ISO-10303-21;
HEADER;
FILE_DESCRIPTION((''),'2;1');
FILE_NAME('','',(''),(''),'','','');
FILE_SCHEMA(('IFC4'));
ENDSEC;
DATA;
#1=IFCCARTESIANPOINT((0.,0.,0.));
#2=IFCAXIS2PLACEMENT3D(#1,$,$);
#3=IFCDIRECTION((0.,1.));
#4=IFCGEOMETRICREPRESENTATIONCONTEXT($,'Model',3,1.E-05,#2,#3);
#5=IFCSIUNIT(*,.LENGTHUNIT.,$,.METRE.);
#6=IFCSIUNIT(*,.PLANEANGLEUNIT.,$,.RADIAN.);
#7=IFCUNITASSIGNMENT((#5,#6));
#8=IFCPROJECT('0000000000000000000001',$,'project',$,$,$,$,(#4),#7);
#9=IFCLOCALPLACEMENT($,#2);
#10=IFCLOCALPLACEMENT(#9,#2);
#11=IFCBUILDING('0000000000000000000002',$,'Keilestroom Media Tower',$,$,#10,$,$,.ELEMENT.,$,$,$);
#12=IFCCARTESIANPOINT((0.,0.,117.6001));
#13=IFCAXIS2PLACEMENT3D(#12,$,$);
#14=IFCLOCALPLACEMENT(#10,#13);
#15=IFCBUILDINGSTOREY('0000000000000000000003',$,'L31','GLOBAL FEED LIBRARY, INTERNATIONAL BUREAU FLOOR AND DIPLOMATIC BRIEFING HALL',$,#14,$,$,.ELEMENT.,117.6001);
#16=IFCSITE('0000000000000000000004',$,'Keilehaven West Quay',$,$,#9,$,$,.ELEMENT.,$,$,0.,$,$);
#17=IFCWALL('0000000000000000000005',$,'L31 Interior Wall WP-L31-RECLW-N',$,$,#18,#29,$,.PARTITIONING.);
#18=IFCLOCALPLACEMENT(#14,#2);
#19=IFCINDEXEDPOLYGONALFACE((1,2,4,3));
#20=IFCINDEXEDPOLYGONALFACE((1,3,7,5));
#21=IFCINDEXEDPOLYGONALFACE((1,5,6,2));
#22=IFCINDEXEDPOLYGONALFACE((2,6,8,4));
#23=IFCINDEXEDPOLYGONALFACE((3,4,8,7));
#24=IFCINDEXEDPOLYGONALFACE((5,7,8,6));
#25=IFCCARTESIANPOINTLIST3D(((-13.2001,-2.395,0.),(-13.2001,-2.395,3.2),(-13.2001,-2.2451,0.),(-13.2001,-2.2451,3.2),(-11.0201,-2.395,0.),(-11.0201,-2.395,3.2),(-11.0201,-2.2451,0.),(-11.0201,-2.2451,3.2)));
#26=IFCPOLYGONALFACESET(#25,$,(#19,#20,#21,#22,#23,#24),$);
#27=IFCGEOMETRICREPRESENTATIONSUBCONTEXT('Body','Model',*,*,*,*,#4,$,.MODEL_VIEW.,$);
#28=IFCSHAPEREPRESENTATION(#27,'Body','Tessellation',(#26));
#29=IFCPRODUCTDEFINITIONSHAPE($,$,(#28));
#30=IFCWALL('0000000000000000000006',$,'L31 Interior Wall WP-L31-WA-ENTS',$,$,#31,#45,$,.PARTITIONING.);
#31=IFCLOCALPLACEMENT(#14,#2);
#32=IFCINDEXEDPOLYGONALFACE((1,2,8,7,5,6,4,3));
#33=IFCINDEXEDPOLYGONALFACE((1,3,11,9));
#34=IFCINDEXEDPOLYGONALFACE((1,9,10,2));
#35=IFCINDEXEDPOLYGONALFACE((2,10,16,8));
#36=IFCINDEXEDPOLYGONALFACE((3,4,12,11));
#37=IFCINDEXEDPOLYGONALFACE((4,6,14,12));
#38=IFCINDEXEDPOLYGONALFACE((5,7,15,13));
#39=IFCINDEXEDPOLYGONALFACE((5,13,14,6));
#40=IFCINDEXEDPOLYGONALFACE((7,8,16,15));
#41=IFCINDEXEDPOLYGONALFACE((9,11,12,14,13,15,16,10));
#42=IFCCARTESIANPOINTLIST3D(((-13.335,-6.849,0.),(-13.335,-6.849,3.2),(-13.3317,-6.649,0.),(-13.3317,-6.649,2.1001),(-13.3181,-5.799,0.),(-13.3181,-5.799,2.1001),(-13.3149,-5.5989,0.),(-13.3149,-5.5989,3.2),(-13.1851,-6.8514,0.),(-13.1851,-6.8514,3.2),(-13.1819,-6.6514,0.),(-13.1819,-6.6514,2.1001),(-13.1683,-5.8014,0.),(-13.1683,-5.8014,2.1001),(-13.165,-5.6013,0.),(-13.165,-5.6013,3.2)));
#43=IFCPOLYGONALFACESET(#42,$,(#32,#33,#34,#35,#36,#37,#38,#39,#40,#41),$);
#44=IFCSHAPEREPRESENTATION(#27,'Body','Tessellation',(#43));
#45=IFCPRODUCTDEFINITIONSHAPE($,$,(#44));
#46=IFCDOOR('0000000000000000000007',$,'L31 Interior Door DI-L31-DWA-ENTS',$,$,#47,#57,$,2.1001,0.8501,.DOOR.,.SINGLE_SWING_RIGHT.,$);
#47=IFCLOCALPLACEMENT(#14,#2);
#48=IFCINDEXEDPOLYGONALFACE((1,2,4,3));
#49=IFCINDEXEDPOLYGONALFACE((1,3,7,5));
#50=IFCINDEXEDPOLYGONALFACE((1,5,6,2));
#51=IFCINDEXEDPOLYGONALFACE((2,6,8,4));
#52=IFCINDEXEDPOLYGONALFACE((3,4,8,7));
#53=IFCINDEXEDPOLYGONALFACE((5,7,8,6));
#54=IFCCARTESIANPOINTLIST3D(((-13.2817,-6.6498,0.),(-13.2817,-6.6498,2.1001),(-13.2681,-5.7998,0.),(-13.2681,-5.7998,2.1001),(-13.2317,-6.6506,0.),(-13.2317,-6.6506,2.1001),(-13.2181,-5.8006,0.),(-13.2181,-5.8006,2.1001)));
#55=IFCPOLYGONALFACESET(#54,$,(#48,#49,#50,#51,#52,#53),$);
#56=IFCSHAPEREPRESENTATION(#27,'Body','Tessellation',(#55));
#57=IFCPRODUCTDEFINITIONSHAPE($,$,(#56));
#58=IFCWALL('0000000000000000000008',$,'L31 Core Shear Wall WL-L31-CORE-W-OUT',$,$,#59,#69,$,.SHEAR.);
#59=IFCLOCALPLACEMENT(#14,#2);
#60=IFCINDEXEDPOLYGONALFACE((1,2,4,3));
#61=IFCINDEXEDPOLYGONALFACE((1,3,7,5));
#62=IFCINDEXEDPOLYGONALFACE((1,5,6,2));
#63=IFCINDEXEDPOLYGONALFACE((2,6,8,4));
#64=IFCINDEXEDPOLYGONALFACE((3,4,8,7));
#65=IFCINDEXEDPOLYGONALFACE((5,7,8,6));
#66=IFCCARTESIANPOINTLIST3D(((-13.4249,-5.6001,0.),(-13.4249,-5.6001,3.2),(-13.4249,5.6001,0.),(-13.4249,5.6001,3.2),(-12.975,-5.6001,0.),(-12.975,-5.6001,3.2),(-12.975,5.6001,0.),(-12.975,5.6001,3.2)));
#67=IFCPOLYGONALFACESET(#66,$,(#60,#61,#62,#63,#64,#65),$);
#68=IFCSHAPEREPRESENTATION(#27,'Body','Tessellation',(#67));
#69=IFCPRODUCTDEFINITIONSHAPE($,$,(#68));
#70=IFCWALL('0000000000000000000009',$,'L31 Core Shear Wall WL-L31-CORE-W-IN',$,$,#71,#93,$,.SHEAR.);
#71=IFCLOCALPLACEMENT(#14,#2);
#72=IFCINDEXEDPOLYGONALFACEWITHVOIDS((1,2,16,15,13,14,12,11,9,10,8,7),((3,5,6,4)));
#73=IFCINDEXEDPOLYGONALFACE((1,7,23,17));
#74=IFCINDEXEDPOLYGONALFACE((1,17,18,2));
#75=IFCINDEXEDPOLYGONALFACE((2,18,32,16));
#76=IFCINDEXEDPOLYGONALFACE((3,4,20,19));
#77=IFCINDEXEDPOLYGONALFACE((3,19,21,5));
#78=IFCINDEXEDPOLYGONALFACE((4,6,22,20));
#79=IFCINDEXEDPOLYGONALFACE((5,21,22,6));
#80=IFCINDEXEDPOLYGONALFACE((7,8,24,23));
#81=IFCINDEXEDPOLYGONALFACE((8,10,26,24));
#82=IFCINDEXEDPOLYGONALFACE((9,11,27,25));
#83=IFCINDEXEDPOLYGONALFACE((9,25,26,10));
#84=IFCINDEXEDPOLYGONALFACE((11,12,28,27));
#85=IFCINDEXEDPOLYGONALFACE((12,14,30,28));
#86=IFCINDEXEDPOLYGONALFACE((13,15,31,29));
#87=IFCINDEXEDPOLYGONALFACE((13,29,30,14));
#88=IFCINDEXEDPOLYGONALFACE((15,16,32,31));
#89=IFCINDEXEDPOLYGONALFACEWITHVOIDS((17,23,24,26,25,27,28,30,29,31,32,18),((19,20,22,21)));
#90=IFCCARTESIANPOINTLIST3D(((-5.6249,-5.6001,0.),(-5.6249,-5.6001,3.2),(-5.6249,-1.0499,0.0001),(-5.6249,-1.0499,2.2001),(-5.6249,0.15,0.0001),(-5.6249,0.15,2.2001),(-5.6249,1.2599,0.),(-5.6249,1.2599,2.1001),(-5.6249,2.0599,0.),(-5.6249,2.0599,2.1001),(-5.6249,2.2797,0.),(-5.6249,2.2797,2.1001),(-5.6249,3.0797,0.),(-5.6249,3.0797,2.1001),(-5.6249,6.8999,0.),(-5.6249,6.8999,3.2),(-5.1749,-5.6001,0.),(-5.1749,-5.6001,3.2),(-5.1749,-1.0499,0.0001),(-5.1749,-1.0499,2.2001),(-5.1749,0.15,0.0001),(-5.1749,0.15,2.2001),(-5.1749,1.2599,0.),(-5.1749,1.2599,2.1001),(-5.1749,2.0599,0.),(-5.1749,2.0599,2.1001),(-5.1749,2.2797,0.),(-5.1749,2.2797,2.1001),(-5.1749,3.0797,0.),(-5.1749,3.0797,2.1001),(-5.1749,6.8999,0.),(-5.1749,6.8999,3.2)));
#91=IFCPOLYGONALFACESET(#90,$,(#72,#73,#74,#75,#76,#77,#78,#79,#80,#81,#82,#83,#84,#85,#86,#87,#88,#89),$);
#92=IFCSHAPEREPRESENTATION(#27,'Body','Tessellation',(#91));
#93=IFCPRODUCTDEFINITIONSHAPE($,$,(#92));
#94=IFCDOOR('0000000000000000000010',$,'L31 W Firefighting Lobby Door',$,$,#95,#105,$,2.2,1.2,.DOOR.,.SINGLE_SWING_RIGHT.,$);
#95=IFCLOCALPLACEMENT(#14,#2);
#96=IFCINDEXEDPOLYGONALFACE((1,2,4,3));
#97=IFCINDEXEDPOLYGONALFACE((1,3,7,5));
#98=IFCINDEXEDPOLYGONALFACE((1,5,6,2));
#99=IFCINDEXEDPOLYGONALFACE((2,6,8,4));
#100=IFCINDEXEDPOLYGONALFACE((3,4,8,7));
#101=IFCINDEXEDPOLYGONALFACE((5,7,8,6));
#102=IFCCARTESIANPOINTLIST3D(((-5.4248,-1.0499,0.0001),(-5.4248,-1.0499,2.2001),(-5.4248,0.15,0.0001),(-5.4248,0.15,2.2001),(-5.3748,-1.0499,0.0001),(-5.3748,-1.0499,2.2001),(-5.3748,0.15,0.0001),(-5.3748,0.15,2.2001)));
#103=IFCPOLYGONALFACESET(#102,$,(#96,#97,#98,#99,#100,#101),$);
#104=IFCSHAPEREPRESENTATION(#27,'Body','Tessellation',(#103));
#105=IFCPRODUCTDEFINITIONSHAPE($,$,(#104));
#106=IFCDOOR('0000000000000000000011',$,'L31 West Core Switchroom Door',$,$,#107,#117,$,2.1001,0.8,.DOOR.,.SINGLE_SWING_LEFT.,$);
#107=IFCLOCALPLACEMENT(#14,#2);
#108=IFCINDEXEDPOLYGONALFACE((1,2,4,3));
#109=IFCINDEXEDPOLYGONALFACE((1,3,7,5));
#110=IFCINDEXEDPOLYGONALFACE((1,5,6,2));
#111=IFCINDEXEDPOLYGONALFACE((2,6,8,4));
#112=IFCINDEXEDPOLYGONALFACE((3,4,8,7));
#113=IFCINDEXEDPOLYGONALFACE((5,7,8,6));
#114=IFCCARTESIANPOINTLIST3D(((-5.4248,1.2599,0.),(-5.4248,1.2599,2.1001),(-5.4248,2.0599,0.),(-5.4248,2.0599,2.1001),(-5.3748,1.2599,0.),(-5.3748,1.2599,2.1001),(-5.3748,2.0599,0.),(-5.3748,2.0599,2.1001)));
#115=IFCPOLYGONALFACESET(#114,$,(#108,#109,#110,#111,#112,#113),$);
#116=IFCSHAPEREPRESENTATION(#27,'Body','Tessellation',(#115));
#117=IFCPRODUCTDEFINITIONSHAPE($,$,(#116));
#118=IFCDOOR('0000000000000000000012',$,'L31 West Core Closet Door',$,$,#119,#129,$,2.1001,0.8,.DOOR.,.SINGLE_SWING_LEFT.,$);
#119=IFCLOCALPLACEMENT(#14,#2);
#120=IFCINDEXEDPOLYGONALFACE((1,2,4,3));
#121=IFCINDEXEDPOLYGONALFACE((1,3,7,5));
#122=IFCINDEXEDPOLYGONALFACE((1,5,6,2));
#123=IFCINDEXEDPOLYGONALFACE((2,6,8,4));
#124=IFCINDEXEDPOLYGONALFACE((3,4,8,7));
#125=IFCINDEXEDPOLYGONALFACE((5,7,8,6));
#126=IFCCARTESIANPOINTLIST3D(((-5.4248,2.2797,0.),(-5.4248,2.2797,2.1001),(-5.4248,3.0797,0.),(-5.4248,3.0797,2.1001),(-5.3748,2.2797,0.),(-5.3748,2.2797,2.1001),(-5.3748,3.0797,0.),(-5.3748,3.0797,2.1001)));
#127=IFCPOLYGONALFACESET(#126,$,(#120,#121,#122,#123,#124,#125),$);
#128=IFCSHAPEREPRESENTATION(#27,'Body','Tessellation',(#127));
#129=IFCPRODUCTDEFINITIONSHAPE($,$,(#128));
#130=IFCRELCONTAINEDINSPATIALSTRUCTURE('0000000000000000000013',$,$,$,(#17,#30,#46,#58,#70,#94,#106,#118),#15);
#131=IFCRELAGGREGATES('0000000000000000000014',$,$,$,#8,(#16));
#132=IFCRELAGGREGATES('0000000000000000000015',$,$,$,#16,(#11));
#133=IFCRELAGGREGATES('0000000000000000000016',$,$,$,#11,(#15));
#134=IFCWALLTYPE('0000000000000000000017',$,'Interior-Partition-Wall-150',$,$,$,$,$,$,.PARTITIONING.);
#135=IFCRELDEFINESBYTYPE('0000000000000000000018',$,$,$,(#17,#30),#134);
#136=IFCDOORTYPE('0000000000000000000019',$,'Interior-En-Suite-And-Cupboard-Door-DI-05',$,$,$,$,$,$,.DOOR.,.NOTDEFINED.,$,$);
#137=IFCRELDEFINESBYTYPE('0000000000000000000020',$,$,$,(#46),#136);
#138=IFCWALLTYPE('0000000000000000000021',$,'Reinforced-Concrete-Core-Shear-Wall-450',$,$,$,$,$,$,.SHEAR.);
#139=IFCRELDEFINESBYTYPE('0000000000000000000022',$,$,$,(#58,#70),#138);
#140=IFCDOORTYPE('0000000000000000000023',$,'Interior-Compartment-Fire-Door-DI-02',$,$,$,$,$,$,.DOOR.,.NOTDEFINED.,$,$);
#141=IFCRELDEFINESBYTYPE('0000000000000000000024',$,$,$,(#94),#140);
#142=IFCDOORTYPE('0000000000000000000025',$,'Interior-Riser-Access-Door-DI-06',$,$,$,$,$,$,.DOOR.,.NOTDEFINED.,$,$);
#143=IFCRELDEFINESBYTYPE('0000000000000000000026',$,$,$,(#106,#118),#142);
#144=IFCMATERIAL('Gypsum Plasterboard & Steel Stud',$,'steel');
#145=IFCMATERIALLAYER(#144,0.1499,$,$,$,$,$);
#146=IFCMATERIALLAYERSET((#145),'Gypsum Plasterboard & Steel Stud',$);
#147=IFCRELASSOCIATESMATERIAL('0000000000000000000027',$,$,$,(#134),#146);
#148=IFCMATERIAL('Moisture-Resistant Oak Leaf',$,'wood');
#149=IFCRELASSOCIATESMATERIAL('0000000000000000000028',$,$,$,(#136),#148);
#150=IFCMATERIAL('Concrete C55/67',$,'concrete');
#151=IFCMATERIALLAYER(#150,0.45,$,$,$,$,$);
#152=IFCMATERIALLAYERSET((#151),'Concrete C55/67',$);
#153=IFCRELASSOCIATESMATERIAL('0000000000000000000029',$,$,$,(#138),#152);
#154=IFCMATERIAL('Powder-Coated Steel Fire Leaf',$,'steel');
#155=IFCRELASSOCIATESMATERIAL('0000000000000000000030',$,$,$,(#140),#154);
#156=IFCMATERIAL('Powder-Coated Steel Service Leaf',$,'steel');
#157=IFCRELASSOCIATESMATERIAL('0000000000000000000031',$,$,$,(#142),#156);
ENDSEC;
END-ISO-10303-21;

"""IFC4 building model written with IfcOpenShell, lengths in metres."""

from ifc_helpers import new_model, si_unit, direction, frame, frame_2d, origin, place, context, subcontext, project, spatial, rectangle, extrude, source, transform, mapped, material, layer, layer_set, type_object, element, fill, save


model = new_model("IFC4")

# Units and contexts
model_context = context("Model", 3, precision=1e-05, world=origin(), true_north=direction((0.0, 1.0)))
body_context = subcontext(model_context, "Body", "Model", "MODEL_VIEW")
ifc_project = project(units=[si_unit("LENGTHUNIT", "METRE"), si_unit("PLANEANGLEUNIT", "RADIAN")], contexts=[model_context])

# Site, building, storey
site_placement = place(None, origin())
site = spatial("IfcSite", under=ifc_project, at=site_placement, Name="Keilehaven West Quay", CompositionType="ELEMENT", RefElevation=0.0)
building_placement = place(site_placement, origin())
building = spatial("IfcBuilding", under=site, at=building_placement, Name="Keilestroom Media Tower", CompositionType="ELEMENT")
storey_placement = place(building_placement, frame((0.0, 0.0, 117.6001)))
storey = spatial("IfcBuildingStorey", under=building, at=storey_placement, Name="L31", Description="GLOBAL FEED LIBRARY, INTERNATIONAL BUREAU FLOOR AND DIPLOMATIC BRIEFING HALL", CompositionType="ELEMENT", Elevation=117.6001)

# Wall
ifc_material_1 = material(Name="Gypsum Plasterboard & Steel Stud", Category="steel")
ifc_layer_1 = layer(ifc_material_1, 0.1499)
ifc_layer_set_1 = layer_set([ifc_layer_1], Name="Gypsum Plasterboard & Steel Stud")
wall_type_1 = type_object("IfcWallType", Name="Interior-Partition-Wall-150", PredefinedType="PARTITIONING", material=ifc_layer_set_1)
wall_1_placement = place(storey_placement, frame((-13.2, -2.3201, 0.0), z_axis=(0.0, 0.0, 1.0), x_axis=(1.0, 0.0, 0.0)))
element("IfcWall", 1, at=wall_1_placement, inside=storey, type_object=wall_type_1, Name="L31 Interior Wall WP-L31-RECLW-N", PredefinedType="PARTITIONING", context=body_context, shape_type="SweptSolid", body=[
    extrude(rectangle(XDim=2.1799, YDim=0.1499, at=frame_2d((1.0898, 0.0))), origin(), (0.0, 0.0, 1.0), 3.2),
])

# Wall, opening, door
wall_2_placement = place(storey_placement, frame((-13.26, -6.8501, 0.0), z_axis=(0.0, 0.0, 1.0), x_axis=(0.016014, 0.999872, 0.0)))
wall_2 = element("IfcWall", 2, at=wall_2_placement, inside=storey, type_object=wall_type_1, Name="L31 Interior Wall WP-L31-WA-ENTS", PredefinedType="PARTITIONING", context=body_context, shape_type="SweptSolid", body=[
    extrude(rectangle(XDim=1.2502, YDim=0.1499, at=frame_2d((0.625, 0.0))), origin(), (0.0, 0.0, 1.0), 3.2),
])
opening_1_placement = place(wall_2_placement, frame((0.2, 0.0, 0.0)))
opening_1 = element("IfcOpeningElement", 3, at=opening_1_placement, cuts=wall_2, PredefinedType="OPENING", context=body_context, shape_type="SweptSolid", body=[
    extrude(rectangle(XDim=0.8501, YDim=2.1001, at=frame_2d((0.425, 1.05))), frame((0.0, 0.085, 0.0), z_axis=(0.0, -1.0, 0.0), x_axis=(1.0, 0.0, 0.0)), (0.0, 0.0, 1.0), 0.1699),
])
ifc_material_2 = material(Name="Moisture-Resistant Oak Leaf", Category="wood")
door_type_1 = type_object("IfcDoorType", Name="Interior-En-Suite-And-Cupboard-Door-DI-05", OperationType="NOTDEFINED", PredefinedType="DOOR", material=ifc_material_2)
shared_shape_1 = source(origin(), body_context, "Body", "SweptSolid", [
    extrude(rectangle(XDim=0.8501, YDim=2.1001, at=frame_2d((0.425, 1.05))), frame((0.0, 0.0249, 0.0), z_axis=(0.0, -1.0, 0.0), x_axis=(1.0, 0.0, 0.0)), (0.0, 0.0, 1.0), 0.05),
])
door_1_placement = place(opening_1_placement, origin())
door_1 = element("IfcDoor", 4, at=door_1_placement, inside=storey, type_object=door_type_1, Name="L31 Interior Door DI-L31-DWA-ENTS", OperationType="SINGLE_SWING_RIGHT", OverallHeight=2.1001, OverallWidth=0.8501, PredefinedType="DOOR", context=body_context, shape_type="MappedRepresentation", body=[
    mapped(shared_shape_1, transform((0.0, 0.0, 0.0), x_axis=(1.0, 0.0, 0.0), y_axis=(0.0, 1.0, 0.0), z_axis=(0.0, 0.0, 1.0), scale=1.0)),
])
fill(opening_1, door_1)

# Wall
ifc_material_3 = material(Name="Concrete C55/67", Category="concrete")
ifc_layer_2 = layer(ifc_material_3, 0.45)
ifc_layer_set_2 = layer_set([ifc_layer_2], Name="Concrete C55/67")
wall_type_2 = type_object("IfcWallType", Name="Reinforced-Concrete-Core-Shear-Wall-450", PredefinedType="SHEAR", material=ifc_layer_set_2)
wall_3_placement = place(storey_placement, frame((-13.2, -5.6001, 0.0), z_axis=(0.0, 0.0, 1.0), x_axis=(0.0, 1.0, 0.0)))
element("IfcWall", 5, at=wall_3_placement, inside=storey, type_object=wall_type_2, Name="L31 Core Shear Wall WL-L31-CORE-W-OUT", PredefinedType="SHEAR", context=body_context, shape_type="SweptSolid", body=[
    extrude(rectangle(XDim=11.2002, YDim=0.45, at=frame_2d((5.6001, 0.0))), origin(), (0.0, 0.0, 1.0), 3.2),
])

# Wall, openings, doors
wall_4_placement = place(storey_placement, frame((-5.3999, -5.6001, 0.0), z_axis=(0.0, 0.0, 1.0), x_axis=(0.0, 1.0, 0.0)))
wall_4 = element("IfcWall", 6, at=wall_4_placement, inside=storey, type_object=wall_type_2, Name="L31 Core Shear Wall WL-L31-CORE-W-IN", PredefinedType="SHEAR", context=body_context, shape_type="SweptSolid", body=[
    extrude(rectangle(XDim=12.5, YDim=0.45, at=frame_2d((6.25, 0.0))), origin(), (0.0, 0.0, 1.0), 3.2),
])
opening_2_placement = place(wall_4_placement, frame((4.55, 0.0, 0.0)))
opening_2 = element("IfcOpeningElement", 7, at=opening_2_placement, cuts=wall_4, PredefinedType="OPENING", context=body_context, shape_type="SweptSolid", body=[
    extrude(rectangle(XDim=1.2, YDim=2.2, at=frame_2d((0.6001, 1.1001))), frame((0.0, 0.2349, 0.0), z_axis=(0.0, -1.0, 0.0), x_axis=(1.0, 0.0, 0.0)), (0.0, 0.0, 1.0), 0.47),
])
opening_3_placement = place(wall_4_placement, frame((6.8601, 0.0, 0.0)))
opening_3 = element("IfcOpeningElement", 8, at=opening_3_placement, cuts=wall_4, PredefinedType="OPENING", context=body_context, shape_type="SweptSolid", body=[
    extrude(rectangle(XDim=0.8, YDim=2.1001, at=frame_2d((0.3999, 1.05))), frame((0.0, 0.2349, 0.0), z_axis=(0.0, -1.0, 0.0), x_axis=(1.0, 0.0, 0.0)), (0.0, 0.0, 1.0), 0.47),
])
opening_4_placement = place(wall_4_placement, frame((7.8799, 0.0, 0.0)))
opening_4 = element("IfcOpeningElement", 9, at=opening_4_placement, cuts=wall_4, PredefinedType="OPENING", context=body_context, shape_type="SweptSolid", body=[
    extrude(rectangle(XDim=0.8, YDim=2.1001, at=frame_2d((0.3999, 1.05))), frame((0.0, 0.2349, 0.0), z_axis=(0.0, -1.0, 0.0), x_axis=(1.0, 0.0, 0.0)), (0.0, 0.0, 1.0), 0.47),
])
ifc_material_4 = material(Name="Powder-Coated Steel Fire Leaf", Category="steel")
door_type_2 = type_object("IfcDoorType", Name="Interior-Compartment-Fire-Door-DI-02", OperationType="NOTDEFINED", PredefinedType="DOOR", material=ifc_material_4)
shared_shape_2 = source(origin(), body_context, "Body", "SweptSolid", [
    extrude(rectangle(XDim=1.2, YDim=2.2, at=frame_2d((0.6001, 1.1001))), frame((0.0, 0.0249, 0.0), z_axis=(0.0, -1.0, 0.0), x_axis=(1.0, 0.0, 0.0)), (0.0, 0.0, 1.0), 0.05),
])
door_2_placement = place(opening_2_placement, origin())
door_2 = element("IfcDoor", 10, at=door_2_placement, inside=storey, type_object=door_type_2, Name="L31 W Firefighting Lobby Door", OperationType="SINGLE_SWING_RIGHT", OverallHeight=2.2, OverallWidth=1.2, PredefinedType="DOOR", context=body_context, shape_type="MappedRepresentation", body=[
    mapped(shared_shape_2, transform((0.0, 0.0, 0.0), x_axis=(1.0, 0.0, 0.0), y_axis=(0.0, 1.0, 0.0), z_axis=(0.0, 0.0, 1.0), scale=1.0)),
])
fill(opening_2, door_2)
ifc_material_5 = material(Name="Powder-Coated Steel Service Leaf", Category="steel")
door_type_3 = type_object("IfcDoorType", Name="Interior-Riser-Access-Door-DI-06", OperationType="NOTDEFINED", PredefinedType="DOOR", material=ifc_material_5)
shared_shape_3 = source(origin(), body_context, "Body", "SweptSolid", [
    extrude(rectangle(XDim=0.8, YDim=2.1001, at=frame_2d((0.3999, 1.05))), frame((0.0, 0.0249, 0.0), z_axis=(0.0, -1.0, 0.0), x_axis=(1.0, 0.0, 0.0)), (0.0, 0.0, 1.0), 0.05),
])
door_3_placement = place(opening_3_placement, origin())
door_3 = element("IfcDoor", 11, at=door_3_placement, inside=storey, type_object=door_type_3, Name="L31 West Core Switchroom Door", OperationType="SINGLE_SWING_LEFT", OverallHeight=2.1001, OverallWidth=0.8, PredefinedType="DOOR", context=body_context, shape_type="MappedRepresentation", body=[
    mapped(shared_shape_3, transform((0.0, 0.0, 0.0), x_axis=(1.0, 0.0, 0.0), y_axis=(0.0, 1.0, 0.0), z_axis=(0.0, 0.0, 1.0), scale=1.0)),
])
fill(opening_3, door_3)
door_4_placement = place(opening_4_placement, origin())
door_4 = element("IfcDoor", 12, at=door_4_placement, inside=storey, type_object=door_type_3, Name="L31 West Core Closet Door", OperationType="SINGLE_SWING_LEFT", OverallHeight=2.1001, OverallWidth=0.8, PredefinedType="DOOR", context=body_context, shape_type="MappedRepresentation", body=[
    mapped(shared_shape_3, transform((0.0, 0.0, 0.0), x_axis=(1.0, 0.0, 0.0), y_axis=(0.0, 1.0, 0.0), z_axis=(0.0, 0.0, 1.0), scale=1.0)),
])
fill(opening_4, door_4)

save(model, "model.ifc")
